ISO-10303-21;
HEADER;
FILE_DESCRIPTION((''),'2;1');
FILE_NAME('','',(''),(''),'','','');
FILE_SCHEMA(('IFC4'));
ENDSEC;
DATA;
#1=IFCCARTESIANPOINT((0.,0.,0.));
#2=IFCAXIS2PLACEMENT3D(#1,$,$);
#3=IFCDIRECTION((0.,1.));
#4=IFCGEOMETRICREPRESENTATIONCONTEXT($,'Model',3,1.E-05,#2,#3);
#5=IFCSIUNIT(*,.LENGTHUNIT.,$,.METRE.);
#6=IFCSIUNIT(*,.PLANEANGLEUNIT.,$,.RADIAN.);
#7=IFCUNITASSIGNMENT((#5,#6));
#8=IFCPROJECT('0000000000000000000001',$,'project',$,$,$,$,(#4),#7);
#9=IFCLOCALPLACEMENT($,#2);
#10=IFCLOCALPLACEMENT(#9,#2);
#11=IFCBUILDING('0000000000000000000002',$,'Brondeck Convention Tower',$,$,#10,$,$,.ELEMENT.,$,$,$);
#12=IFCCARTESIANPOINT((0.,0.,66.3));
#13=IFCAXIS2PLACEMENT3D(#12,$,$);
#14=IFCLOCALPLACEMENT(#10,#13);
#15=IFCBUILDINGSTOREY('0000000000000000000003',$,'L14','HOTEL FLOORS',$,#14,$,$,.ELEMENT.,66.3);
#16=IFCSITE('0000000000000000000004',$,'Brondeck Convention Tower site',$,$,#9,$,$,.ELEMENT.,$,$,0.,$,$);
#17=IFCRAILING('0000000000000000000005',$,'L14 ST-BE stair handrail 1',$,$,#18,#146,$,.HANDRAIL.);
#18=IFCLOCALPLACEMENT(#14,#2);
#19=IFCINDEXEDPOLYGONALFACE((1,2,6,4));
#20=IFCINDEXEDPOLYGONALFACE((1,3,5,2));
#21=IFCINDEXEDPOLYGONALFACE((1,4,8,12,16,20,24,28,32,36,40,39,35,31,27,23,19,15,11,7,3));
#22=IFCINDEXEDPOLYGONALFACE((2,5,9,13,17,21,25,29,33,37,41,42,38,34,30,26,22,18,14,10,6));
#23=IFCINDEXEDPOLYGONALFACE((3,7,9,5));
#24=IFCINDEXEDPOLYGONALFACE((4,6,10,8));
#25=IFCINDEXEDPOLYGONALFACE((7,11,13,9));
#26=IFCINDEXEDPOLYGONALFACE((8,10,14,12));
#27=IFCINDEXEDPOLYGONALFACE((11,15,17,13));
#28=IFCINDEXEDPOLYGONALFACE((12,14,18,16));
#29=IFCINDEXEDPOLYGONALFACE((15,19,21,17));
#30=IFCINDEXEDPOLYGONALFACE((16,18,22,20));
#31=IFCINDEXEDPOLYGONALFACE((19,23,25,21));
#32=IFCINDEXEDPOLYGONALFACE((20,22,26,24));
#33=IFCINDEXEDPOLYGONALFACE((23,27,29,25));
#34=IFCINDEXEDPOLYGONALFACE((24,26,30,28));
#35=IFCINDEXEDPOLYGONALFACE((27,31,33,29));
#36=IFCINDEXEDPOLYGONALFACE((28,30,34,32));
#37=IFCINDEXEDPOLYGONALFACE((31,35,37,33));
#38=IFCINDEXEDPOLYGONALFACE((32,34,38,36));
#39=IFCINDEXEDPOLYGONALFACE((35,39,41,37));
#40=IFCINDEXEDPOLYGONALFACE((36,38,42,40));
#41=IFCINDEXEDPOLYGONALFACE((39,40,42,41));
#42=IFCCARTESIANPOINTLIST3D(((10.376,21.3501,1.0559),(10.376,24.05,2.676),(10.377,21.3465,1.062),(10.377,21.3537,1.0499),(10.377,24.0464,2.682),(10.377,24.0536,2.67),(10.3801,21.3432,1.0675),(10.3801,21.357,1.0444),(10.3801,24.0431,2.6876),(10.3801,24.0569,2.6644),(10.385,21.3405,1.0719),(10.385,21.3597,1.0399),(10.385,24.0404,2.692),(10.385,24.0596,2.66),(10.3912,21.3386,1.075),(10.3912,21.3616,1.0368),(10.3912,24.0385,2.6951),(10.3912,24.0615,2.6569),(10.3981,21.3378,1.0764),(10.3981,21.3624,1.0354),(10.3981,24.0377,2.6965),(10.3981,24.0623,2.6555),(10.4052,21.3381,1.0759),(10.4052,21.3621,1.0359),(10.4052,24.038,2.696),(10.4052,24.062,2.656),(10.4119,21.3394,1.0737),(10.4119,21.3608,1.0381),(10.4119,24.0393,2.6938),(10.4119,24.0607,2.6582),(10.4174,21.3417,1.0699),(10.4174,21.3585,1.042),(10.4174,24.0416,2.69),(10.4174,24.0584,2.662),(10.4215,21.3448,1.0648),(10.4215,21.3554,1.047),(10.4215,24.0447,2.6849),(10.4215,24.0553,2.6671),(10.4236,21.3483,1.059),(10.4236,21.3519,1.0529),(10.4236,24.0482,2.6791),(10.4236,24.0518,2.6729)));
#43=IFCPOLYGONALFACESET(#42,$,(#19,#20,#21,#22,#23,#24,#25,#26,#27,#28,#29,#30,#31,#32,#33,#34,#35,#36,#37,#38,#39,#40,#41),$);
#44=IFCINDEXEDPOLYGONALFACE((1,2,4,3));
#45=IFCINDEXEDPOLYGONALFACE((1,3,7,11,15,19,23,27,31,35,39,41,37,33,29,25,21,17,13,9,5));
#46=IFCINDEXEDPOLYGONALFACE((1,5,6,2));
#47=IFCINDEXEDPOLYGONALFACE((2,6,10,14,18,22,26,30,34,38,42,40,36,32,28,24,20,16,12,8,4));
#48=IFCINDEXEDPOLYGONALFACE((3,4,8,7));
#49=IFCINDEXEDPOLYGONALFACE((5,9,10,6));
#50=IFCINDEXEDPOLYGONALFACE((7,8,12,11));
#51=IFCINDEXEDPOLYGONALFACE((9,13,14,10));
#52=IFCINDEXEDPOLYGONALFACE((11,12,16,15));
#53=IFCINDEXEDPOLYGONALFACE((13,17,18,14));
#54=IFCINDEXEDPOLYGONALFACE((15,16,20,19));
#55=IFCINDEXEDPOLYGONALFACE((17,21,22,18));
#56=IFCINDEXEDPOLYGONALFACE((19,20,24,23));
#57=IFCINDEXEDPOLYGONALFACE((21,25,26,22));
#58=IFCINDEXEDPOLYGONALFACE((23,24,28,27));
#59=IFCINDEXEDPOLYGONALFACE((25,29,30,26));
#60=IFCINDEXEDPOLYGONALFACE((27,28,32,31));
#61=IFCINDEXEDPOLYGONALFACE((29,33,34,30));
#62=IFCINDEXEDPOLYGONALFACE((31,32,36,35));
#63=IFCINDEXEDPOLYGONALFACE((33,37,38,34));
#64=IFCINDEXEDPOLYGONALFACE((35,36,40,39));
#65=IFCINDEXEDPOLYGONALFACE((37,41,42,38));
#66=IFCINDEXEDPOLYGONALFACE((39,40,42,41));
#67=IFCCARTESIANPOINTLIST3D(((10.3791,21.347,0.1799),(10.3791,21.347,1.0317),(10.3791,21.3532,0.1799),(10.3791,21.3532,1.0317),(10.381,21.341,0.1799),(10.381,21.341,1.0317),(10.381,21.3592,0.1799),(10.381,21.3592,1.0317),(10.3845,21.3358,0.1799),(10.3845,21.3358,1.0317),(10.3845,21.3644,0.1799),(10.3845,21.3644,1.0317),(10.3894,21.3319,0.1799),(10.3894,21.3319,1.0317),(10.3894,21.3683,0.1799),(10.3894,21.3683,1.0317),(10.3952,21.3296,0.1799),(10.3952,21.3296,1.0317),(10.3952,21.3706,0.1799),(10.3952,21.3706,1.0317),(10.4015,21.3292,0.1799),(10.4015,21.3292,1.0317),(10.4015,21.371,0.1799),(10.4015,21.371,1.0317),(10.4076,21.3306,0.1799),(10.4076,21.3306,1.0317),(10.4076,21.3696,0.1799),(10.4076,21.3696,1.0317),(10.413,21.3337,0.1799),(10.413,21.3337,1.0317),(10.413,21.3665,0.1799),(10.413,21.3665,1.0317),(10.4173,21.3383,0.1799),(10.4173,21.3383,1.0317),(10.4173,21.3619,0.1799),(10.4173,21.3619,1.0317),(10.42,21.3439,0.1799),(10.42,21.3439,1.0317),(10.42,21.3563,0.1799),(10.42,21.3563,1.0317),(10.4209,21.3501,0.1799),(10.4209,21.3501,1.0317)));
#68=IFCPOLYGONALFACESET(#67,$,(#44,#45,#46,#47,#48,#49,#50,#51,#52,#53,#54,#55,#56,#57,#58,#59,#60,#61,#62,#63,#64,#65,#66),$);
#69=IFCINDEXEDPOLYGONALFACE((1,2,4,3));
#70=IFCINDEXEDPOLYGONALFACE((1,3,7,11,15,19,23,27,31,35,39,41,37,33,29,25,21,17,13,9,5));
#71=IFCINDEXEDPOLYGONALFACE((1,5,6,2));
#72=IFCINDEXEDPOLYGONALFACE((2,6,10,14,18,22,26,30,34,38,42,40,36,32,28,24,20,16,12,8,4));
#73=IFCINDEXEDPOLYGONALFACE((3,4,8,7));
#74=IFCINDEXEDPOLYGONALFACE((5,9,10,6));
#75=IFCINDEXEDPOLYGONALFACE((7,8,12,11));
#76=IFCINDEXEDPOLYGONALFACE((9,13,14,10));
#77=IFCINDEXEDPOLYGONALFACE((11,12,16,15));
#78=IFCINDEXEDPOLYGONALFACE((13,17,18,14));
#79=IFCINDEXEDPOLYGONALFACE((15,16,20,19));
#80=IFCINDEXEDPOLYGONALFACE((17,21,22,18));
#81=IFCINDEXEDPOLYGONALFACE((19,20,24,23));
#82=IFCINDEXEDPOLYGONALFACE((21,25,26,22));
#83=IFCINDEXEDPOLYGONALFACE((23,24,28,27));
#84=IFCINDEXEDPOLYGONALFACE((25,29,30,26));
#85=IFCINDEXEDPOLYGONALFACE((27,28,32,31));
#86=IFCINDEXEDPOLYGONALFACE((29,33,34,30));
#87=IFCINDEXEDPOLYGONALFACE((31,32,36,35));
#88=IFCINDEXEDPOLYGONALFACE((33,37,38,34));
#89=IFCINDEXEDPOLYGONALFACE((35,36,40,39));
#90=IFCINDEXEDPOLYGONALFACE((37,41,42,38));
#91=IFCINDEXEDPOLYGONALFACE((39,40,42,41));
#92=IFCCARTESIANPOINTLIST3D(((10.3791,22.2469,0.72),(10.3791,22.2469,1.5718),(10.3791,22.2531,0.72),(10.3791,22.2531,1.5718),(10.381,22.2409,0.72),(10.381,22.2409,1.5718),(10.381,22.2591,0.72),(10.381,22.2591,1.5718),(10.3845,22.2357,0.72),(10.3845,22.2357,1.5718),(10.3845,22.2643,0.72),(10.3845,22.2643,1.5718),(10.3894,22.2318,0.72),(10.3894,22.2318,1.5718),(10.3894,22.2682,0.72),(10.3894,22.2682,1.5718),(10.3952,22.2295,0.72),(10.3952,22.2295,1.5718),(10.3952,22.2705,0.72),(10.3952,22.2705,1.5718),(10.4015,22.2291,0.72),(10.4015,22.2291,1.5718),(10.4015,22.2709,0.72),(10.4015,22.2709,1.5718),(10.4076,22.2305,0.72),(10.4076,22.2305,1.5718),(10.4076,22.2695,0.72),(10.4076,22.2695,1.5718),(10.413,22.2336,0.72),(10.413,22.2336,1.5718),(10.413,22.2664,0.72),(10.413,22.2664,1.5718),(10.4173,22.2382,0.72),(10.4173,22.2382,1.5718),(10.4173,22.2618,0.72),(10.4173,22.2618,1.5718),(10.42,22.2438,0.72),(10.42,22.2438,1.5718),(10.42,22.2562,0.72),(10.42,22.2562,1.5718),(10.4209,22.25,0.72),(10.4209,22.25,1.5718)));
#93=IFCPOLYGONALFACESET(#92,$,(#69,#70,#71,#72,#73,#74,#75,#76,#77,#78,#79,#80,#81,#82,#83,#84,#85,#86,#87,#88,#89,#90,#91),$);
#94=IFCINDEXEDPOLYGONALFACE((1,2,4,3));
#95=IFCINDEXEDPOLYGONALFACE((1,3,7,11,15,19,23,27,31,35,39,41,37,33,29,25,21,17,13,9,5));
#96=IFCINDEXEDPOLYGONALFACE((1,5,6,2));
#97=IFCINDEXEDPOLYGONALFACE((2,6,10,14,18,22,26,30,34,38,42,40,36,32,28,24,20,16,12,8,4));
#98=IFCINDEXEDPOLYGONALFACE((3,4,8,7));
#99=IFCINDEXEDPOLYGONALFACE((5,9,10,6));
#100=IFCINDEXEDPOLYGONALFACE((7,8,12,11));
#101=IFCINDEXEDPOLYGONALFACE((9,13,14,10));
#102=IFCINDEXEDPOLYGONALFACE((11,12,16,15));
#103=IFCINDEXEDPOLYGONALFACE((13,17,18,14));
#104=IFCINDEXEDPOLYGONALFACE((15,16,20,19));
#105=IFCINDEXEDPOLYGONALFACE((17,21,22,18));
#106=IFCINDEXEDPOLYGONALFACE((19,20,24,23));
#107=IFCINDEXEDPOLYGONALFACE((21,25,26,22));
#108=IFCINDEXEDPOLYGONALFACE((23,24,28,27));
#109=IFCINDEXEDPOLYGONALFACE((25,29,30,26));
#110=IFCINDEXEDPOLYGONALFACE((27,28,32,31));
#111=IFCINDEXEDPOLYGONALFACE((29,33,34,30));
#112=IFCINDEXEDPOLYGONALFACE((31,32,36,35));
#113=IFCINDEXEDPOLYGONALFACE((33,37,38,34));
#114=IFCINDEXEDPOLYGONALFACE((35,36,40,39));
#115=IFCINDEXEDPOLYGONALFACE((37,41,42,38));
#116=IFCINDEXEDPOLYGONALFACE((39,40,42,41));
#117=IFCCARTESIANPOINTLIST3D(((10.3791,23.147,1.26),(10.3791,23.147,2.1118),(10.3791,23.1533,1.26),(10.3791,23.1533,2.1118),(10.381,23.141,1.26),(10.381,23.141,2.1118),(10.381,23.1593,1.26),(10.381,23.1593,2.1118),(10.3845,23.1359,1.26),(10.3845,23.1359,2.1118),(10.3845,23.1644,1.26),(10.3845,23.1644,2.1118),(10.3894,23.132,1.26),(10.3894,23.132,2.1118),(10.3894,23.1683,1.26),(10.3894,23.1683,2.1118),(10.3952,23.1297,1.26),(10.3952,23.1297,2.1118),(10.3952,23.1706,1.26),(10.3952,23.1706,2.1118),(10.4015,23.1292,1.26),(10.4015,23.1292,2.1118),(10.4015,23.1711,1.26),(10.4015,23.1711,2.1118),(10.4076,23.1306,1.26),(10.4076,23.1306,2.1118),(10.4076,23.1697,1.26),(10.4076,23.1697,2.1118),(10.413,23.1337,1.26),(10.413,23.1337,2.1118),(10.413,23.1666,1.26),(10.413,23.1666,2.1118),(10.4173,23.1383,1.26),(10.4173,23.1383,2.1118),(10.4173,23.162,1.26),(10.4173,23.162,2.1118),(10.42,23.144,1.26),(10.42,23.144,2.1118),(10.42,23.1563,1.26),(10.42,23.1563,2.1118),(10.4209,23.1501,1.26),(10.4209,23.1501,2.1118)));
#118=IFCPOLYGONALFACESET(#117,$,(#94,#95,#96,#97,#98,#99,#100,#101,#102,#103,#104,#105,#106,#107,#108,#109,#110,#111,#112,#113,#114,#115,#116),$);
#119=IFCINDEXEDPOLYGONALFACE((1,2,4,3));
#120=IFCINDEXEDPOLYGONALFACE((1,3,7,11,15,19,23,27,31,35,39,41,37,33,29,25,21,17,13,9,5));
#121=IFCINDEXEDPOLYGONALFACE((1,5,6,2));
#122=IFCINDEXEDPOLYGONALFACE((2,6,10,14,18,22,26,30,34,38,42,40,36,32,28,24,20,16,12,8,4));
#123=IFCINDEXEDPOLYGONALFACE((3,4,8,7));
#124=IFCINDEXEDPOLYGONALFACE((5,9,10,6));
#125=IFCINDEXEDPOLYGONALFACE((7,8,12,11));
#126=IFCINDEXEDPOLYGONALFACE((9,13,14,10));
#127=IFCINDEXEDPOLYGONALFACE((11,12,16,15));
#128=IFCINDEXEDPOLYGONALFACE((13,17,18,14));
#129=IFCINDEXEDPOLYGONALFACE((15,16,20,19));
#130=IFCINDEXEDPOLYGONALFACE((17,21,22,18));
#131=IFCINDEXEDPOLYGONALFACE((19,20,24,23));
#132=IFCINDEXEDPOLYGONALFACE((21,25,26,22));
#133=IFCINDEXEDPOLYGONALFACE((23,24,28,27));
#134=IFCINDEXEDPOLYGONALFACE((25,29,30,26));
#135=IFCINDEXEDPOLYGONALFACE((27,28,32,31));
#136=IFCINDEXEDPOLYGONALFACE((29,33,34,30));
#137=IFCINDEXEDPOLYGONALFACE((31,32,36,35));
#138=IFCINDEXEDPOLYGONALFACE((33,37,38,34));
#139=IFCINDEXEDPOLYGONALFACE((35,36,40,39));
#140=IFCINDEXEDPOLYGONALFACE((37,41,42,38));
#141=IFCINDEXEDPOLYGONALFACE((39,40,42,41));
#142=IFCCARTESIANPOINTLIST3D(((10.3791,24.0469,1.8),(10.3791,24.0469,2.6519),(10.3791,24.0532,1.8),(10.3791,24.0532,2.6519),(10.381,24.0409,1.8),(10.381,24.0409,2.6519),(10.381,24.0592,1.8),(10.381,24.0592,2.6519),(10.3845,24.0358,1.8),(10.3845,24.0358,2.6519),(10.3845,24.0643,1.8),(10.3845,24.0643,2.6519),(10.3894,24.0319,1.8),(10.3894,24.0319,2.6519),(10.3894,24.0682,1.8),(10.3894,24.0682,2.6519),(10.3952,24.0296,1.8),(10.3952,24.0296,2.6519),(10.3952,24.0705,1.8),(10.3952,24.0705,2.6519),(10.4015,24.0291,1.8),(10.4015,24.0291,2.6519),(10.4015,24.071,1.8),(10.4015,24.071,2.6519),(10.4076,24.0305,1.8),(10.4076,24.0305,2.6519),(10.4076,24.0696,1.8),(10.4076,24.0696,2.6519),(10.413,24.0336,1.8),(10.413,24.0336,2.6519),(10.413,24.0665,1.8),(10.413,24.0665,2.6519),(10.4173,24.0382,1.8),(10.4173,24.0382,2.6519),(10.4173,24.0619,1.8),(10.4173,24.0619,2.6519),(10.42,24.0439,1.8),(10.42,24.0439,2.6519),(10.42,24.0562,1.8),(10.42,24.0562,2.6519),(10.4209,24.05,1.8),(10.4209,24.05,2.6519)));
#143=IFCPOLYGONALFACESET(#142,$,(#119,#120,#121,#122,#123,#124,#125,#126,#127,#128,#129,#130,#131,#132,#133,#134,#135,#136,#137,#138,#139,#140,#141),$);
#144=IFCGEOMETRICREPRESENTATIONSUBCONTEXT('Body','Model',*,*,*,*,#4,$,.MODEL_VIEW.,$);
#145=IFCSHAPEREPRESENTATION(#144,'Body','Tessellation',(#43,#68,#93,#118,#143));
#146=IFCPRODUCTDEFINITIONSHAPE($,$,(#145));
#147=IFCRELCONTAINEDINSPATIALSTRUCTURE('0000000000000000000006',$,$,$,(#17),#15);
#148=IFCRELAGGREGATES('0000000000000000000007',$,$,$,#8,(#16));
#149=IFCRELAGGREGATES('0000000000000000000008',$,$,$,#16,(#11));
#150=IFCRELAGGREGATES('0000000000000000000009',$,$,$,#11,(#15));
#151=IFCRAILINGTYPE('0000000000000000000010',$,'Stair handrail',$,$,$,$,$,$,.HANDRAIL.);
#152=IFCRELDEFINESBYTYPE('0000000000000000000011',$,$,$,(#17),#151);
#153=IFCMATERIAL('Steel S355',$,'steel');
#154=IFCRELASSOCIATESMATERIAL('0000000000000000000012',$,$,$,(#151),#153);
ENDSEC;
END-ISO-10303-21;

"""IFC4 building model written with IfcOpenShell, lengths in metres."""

from ifc_helpers import new_model, si_unit, direction, frame, origin, origin_2d, place, context, subcontext, project, spatial, circle, extrude, material, type_object, element, save


model = new_model("IFC4")

# Units and contexts
model_context = context("Model", 3, precision=1e-05, world=origin(), true_north=direction((0.0, 1.0)))
body_context = subcontext(model_context, "Body", "Model", "MODEL_VIEW")
ifc_project = project(units=[si_unit("LENGTHUNIT", "METRE"), si_unit("PLANEANGLEUNIT", "RADIAN")], contexts=[model_context])

# Site, building, storey
site_placement = place(None, origin())
site = spatial("IfcSite", under=ifc_project, at=site_placement, Name="Brondeck Convention Tower site", CompositionType="ELEMENT", RefElevation=0.0)
building_placement = place(site_placement, origin())
building = spatial("IfcBuilding", under=site, at=building_placement, Name="Brondeck Convention Tower", CompositionType="ELEMENT")
storey_placement = place(building_placement, frame((0.0, 0.0, 66.3)))
storey = spatial("IfcBuildingStorey", under=building, at=storey_placement, Name="L14", Description="HOTEL FLOORS", CompositionType="ELEMENT", Elevation=66.3)

# Shared definitions
ifc_material_1 = material(Name="Steel S355", Category="steel")

# Railing
railing_type_1 = type_object("IfcRailingType", Name="Stair handrail", PredefinedType="HANDRAIL", material=ifc_material_1)
railing_1_placement = place(storey_placement, frame((10.3999, 21.3501, 0.1799)))
element("IfcRailing", 1, at=railing_1_placement, inside=storey, type_object=railing_type_1, Name="L14 ST-BE stair handrail 1", PredefinedType="HANDRAIL", context=body_context, shape_type="SweptSolid", body=[
    extrude(circle(Radius=0.0239, at=origin_2d()), frame((0.0, 0.0, 0.876), z_axis=(0.0, 0.857472, 0.51453), x_axis=(-1.0, 0.0, 0.0)), (0.0, 0.0, 1.0), 3.1487),
    extrude(circle(Radius=0.021, at=origin_2d()), origin(), (0.0, 0.0, 1.0), 0.8518),
    extrude(circle(Radius=0.021, at=origin_2d()), frame((0.0, 0.8999, 0.54)), (0.0, 0.0, 1.0), 0.8518),
    extrude(circle(Radius=0.021, at=origin_2d()), frame((0.0, 1.8, 1.0801)), (0.0, 0.0, 1.0), 0.8518),
    extrude(circle(Radius=0.021, at=origin_2d()), frame((0.0, 2.7, 1.6201)), (0.0, 0.0, 1.0), 0.8518),
])

save(model, "model.ifc")
